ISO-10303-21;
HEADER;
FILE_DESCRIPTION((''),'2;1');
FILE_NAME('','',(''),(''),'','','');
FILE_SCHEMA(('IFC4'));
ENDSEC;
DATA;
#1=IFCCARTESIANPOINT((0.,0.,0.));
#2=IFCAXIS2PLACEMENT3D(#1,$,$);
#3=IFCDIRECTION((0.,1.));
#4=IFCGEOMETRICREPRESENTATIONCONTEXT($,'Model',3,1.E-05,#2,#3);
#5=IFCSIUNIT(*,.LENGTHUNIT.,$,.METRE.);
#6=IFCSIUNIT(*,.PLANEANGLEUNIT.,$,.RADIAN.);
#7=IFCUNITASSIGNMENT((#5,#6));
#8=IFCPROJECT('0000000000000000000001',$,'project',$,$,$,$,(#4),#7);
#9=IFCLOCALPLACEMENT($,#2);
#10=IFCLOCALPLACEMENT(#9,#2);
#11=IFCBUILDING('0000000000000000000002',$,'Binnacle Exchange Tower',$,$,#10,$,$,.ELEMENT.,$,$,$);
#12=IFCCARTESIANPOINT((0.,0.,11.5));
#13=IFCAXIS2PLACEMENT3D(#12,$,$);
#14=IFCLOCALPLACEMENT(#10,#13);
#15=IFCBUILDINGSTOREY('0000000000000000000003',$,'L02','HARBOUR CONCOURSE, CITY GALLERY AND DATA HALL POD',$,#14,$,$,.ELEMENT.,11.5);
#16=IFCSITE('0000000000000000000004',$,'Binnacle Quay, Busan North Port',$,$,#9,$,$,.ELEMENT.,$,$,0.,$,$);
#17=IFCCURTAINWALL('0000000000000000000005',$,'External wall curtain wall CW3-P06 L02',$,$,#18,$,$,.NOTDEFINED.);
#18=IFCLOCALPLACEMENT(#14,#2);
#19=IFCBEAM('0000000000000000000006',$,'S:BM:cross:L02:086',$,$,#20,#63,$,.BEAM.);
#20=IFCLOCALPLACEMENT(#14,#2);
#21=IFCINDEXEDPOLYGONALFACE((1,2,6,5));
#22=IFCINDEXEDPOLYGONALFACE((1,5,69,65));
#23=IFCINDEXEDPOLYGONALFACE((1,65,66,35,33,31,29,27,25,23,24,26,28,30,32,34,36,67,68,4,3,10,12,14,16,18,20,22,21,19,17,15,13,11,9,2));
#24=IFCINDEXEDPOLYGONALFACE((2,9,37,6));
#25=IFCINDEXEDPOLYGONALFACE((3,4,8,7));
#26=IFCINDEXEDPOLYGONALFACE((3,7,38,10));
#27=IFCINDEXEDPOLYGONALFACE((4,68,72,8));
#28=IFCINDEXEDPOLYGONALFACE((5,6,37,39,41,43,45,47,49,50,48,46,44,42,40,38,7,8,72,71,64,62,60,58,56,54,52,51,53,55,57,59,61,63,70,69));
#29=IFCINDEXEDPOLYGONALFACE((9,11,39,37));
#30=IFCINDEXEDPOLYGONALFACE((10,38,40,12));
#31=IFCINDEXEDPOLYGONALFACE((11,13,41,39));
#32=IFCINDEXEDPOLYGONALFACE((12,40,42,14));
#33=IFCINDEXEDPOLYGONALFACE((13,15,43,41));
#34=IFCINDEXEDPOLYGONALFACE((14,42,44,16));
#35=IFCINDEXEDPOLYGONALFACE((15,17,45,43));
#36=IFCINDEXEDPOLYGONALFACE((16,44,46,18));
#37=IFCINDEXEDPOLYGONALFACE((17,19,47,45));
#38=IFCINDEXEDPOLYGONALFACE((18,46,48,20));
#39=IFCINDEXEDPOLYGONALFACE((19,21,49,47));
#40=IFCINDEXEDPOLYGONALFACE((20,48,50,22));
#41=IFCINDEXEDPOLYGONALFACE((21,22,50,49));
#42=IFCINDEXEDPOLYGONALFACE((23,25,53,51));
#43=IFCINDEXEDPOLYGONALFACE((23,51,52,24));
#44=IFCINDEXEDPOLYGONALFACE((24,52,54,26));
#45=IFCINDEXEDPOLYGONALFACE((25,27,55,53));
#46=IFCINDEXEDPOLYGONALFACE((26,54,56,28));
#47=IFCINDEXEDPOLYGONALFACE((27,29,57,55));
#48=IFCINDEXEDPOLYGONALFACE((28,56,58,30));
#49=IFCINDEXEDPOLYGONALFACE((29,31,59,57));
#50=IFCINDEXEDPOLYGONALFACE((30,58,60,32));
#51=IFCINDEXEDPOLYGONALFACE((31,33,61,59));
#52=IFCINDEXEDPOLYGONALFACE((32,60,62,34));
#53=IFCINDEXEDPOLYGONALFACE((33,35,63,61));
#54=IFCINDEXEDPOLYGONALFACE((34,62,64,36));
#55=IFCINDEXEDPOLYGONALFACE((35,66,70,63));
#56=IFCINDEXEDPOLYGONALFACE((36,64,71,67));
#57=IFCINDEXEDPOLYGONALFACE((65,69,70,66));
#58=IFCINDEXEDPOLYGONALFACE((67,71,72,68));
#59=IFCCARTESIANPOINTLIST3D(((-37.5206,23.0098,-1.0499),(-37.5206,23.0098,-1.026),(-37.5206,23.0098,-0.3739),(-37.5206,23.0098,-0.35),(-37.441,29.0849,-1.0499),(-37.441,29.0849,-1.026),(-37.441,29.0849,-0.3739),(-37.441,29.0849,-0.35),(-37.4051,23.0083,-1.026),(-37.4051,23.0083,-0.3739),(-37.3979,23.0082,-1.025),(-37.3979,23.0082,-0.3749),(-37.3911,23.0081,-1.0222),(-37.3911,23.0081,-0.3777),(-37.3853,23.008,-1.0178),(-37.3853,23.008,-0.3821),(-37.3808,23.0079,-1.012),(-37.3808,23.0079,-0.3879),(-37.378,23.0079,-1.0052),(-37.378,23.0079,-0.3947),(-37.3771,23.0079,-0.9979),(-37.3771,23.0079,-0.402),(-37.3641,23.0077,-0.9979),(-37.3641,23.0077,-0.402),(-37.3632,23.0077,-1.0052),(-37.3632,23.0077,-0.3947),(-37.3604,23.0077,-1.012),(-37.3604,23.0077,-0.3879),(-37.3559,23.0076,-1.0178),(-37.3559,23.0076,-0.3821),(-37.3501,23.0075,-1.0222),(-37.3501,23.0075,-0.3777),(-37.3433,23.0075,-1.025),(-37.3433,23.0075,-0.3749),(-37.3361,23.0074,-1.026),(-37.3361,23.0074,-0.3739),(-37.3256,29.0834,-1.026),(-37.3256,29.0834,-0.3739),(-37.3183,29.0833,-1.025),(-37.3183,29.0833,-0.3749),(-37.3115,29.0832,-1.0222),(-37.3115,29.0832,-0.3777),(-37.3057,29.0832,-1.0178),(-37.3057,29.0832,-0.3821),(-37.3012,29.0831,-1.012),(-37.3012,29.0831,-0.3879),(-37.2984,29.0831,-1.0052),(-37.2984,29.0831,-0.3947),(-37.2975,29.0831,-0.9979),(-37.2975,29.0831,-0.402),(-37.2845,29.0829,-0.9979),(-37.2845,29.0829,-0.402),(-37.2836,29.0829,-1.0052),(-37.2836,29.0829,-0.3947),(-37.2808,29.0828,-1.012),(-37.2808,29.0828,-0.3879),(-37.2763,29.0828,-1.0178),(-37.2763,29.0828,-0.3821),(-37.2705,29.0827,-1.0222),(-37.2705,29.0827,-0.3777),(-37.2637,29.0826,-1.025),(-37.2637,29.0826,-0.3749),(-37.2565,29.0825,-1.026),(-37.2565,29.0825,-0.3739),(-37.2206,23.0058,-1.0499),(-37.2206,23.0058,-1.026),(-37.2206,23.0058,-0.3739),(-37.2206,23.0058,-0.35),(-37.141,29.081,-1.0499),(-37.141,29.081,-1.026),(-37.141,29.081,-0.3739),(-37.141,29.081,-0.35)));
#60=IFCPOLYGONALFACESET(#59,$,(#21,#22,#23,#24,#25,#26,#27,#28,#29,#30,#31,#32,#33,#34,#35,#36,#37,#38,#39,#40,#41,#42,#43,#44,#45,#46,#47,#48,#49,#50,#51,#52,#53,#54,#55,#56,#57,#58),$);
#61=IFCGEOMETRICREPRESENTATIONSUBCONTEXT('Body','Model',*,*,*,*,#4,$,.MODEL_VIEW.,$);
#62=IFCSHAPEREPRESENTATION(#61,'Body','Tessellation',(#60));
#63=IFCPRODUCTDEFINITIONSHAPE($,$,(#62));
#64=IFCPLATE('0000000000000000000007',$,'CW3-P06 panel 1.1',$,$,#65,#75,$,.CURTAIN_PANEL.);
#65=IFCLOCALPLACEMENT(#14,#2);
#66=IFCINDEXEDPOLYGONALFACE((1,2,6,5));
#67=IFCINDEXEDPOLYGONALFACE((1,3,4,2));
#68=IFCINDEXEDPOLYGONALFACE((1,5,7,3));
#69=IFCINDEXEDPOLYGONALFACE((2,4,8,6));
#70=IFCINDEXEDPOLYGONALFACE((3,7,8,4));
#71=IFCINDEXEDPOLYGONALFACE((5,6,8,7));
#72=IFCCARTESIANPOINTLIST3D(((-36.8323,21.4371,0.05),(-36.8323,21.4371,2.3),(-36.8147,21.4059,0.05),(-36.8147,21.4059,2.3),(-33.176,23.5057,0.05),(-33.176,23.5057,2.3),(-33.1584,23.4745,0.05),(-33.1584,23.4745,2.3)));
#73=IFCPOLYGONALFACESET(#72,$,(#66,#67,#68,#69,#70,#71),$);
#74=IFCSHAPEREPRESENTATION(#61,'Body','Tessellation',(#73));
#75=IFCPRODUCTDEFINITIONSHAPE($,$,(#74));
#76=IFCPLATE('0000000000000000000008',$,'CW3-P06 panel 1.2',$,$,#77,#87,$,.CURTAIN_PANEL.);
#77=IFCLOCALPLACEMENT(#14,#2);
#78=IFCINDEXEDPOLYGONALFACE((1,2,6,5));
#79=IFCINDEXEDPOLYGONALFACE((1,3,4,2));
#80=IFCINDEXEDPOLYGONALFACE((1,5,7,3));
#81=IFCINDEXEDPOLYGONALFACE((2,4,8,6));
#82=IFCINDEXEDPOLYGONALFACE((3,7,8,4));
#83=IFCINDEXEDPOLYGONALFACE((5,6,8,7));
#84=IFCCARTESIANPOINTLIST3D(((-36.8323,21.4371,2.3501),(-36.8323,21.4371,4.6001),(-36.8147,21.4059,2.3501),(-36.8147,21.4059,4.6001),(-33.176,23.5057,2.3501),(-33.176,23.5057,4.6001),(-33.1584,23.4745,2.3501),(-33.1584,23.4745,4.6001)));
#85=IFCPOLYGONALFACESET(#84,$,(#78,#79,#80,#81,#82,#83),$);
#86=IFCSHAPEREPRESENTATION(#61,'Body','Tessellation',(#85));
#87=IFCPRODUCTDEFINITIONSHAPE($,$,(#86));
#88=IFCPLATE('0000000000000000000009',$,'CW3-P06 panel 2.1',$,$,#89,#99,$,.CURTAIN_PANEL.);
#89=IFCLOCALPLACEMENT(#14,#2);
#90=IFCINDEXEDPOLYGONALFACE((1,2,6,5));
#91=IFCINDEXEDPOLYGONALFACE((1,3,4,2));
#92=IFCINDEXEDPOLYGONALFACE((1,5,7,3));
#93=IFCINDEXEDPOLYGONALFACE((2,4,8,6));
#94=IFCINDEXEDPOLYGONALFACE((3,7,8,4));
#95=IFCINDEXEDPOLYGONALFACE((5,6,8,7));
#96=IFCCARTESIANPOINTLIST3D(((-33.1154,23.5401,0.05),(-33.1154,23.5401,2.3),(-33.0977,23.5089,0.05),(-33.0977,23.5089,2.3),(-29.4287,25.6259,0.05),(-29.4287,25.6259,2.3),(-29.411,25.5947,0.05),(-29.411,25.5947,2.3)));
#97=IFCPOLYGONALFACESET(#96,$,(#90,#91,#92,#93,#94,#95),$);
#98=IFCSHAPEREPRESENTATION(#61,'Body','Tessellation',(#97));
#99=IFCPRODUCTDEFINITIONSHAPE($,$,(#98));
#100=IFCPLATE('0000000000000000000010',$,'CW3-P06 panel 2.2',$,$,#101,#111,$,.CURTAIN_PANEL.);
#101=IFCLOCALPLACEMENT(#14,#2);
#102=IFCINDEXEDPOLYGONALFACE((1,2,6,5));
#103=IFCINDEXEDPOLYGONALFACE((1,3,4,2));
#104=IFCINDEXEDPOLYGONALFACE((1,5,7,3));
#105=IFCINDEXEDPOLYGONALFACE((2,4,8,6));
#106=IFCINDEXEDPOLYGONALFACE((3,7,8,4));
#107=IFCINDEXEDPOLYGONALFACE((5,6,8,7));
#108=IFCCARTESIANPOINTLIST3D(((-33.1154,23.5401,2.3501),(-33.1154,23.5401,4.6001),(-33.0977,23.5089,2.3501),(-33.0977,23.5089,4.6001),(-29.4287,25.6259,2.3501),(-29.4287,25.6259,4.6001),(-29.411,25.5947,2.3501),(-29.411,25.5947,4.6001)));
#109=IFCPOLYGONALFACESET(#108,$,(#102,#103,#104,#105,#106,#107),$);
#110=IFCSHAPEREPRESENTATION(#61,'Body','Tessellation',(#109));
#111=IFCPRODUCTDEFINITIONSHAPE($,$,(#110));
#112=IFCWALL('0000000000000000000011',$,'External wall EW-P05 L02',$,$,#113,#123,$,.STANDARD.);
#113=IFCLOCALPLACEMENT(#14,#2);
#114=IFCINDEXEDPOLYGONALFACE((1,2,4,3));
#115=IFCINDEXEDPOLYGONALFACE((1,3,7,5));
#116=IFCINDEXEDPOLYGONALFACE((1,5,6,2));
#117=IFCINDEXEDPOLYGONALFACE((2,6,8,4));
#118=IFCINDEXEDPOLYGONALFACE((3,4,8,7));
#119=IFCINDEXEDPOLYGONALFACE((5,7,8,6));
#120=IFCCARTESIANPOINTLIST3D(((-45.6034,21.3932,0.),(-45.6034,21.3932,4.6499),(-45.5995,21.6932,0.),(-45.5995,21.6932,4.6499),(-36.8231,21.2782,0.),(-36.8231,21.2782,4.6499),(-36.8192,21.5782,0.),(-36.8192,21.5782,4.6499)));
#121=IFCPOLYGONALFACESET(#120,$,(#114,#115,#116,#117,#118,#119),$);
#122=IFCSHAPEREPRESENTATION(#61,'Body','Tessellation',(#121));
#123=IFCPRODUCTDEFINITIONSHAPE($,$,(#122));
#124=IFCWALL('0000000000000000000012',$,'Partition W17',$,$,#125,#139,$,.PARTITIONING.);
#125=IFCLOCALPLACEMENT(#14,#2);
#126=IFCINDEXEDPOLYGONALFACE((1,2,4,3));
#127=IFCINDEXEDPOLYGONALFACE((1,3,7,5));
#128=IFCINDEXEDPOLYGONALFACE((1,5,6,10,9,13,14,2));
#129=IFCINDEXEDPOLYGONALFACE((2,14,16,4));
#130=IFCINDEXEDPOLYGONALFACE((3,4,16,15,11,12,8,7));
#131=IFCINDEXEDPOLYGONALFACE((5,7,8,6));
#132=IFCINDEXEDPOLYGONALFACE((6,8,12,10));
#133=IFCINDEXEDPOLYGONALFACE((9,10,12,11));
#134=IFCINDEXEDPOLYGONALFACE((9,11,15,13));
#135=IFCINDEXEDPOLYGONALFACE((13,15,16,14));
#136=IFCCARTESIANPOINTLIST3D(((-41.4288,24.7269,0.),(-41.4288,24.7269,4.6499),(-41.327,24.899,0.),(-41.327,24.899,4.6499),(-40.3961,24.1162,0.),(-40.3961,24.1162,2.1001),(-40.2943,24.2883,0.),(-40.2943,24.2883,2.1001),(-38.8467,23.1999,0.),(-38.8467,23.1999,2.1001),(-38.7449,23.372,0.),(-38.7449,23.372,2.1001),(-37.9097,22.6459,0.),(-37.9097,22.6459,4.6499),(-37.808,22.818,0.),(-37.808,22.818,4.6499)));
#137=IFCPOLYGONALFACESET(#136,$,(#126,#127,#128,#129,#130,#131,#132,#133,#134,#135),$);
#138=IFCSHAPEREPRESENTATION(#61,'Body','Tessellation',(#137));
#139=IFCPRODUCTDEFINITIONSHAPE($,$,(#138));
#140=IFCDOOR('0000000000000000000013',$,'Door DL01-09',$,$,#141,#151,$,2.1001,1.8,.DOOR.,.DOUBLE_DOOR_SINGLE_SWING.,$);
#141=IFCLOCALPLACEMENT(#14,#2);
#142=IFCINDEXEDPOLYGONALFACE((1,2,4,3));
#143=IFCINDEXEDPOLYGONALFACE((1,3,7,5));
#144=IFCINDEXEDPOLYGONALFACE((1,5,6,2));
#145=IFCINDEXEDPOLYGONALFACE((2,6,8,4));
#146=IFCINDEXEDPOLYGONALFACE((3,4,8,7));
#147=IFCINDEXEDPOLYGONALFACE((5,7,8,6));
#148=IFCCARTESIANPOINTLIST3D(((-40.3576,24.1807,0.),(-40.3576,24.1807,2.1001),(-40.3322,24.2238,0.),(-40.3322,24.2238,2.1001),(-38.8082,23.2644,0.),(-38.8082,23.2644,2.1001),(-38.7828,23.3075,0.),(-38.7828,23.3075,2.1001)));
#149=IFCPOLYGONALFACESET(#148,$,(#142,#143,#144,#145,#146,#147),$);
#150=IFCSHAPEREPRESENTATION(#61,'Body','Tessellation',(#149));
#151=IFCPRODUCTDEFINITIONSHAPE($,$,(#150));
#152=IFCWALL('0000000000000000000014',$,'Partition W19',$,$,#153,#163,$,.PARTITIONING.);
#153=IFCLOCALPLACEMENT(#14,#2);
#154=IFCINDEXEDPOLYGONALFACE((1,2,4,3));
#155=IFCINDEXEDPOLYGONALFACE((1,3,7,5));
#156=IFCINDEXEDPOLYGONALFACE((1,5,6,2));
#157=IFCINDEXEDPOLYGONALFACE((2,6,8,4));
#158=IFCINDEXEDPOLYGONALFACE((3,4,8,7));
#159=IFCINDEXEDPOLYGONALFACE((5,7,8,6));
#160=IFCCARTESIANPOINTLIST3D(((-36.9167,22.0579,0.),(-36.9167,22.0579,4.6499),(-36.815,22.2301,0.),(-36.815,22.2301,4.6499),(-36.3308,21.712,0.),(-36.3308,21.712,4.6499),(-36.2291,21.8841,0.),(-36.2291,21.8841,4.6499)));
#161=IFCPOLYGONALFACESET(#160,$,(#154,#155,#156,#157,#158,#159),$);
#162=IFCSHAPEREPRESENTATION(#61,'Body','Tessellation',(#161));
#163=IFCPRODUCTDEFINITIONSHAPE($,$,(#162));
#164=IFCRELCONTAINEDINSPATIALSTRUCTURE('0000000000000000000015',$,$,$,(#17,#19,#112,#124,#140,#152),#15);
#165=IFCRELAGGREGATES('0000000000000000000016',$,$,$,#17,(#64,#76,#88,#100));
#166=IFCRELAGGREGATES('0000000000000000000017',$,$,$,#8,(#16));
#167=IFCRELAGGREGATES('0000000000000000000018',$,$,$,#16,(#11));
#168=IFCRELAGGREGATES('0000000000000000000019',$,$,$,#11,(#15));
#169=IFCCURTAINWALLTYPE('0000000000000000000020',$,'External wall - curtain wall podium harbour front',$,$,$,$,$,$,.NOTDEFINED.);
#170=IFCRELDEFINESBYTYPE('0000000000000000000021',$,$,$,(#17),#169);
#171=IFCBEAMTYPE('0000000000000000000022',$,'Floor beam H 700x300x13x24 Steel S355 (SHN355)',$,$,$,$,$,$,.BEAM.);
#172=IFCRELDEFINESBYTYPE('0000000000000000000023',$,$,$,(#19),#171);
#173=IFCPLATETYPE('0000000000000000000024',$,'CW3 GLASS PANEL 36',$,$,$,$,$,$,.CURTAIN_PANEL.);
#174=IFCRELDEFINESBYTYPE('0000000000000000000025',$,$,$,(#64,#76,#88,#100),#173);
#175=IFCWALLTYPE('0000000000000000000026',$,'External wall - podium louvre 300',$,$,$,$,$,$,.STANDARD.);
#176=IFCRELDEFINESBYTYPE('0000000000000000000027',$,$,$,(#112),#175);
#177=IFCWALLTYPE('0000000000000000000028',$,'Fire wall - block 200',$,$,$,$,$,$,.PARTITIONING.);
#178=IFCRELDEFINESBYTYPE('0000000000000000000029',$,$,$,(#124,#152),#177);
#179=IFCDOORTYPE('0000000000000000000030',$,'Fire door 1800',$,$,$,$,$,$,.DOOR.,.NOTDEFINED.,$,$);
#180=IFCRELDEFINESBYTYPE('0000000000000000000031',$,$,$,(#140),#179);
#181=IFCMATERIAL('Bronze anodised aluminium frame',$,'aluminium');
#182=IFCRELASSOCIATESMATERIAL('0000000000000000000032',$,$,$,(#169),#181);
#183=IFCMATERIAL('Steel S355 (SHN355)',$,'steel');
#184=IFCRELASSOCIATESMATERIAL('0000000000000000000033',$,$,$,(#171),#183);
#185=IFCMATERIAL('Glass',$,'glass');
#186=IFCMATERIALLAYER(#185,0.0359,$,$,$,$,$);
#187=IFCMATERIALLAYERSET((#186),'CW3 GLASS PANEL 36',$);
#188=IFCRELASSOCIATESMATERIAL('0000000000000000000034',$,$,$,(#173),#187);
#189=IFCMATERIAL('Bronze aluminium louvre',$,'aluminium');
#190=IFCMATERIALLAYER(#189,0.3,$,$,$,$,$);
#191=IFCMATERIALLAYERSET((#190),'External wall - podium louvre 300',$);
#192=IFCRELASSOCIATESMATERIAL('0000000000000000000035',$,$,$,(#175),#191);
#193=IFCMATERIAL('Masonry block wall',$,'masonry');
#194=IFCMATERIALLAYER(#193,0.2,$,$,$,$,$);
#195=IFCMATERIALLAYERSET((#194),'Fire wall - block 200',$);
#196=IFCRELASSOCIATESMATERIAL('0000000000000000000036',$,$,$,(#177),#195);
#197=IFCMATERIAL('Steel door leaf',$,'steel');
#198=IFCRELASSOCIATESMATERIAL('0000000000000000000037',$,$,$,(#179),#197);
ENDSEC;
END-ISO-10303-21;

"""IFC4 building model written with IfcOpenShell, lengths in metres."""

from ifc_helpers import new_model, si_unit, direction, frame, frame_2d, origin, origin_2d, place, context, subcontext, project, spatial, rectangle, i_section, extrude, material, layer, layer_set, material_profile, profile_set, type_object, element, fill, aggregate, save


model = new_model("IFC4")

# Units and contexts
model_context = context("Model", 3, precision=1e-05, world=origin(), true_north=direction((0.0, 1.0)))
body_context = subcontext(model_context, "Body", "Model", "MODEL_VIEW")
ifc_project = project(units=[si_unit("LENGTHUNIT", "METRE"), si_unit("PLANEANGLEUNIT", "RADIAN")], contexts=[model_context])

# Site, building, storey
site_placement = place(None, origin())
site = spatial("IfcSite", under=ifc_project, at=site_placement, Name="Binnacle Quay, Busan North Port", CompositionType="ELEMENT", RefElevation=0.0)
building_placement = place(site_placement, origin())
building = spatial("IfcBuilding", under=site, at=building_placement, Name="Binnacle Exchange Tower", CompositionType="ELEMENT")
storey_placement = place(building_placement, frame((0.0, 0.0, 11.5)))
storey = spatial("IfcBuildingStorey", under=building, at=storey_placement, Name="L02", Description="HARBOUR CONCOURSE, CITY GALLERY AND DATA HALL POD", CompositionType="ELEMENT", Elevation=11.5)

# Curtain wall
ifc_material_1 = material(Name="Bronze anodised aluminium frame", Category="aluminium")
curtain_wall_type = type_object("IfcCurtainWallType", Name="External wall - curtain wall podium harbour front", PredefinedType="NOTDEFINED", material=ifc_material_1)
curtain_wall_placement = place(storey_placement, origin())
curtain_wall = element("IfcCurtainWall", 1, at=curtain_wall_placement, inside=storey, type_object=curtain_wall_type, Name="External wall curtain wall CW3-P06 L02", PredefinedType="NOTDEFINED")

# Beam
ifc_material_2 = material(Name="Steel S355 (SHN355)", Category="steel")
ifc_material_profile_1 = material_profile(ifc_material_2, i_section(OverallWidth=0.3, OverallDepth=0.7, WebThickness=0.0129, FlangeThickness=0.0239, FilletRadius=0.0281, at=origin_2d()), Name="H 700x300x13x24")
ifc_profile_set_1 = profile_set([ifc_material_profile_1], Name="Steel S355 (SHN355)")
beam_type_1 = type_object("IfcBeamType", Name="Floor beam H 700x300x13x24 Steel S355 (SHN355)", PredefinedType="BEAM", material=ifc_profile_set_1)
beam_1_placement = place(storey_placement, frame((-37.3706, 23.0078, -0.7), z_axis=(0.0131, 0.999914, 0.0), x_axis=(-0.999914, 0.0131, 0.0)))
element("IfcBeam", 2, at=beam_1_placement, inside=storey, type_object=beam_type_1, Name="S:BM:cross:L02:086", PredefinedType="BEAM", context=body_context, shape_type="SweptSolid", body=[
    extrude(i_section(OverallWidth=0.3, OverallDepth=0.7, WebThickness=0.0129, FlangeThickness=0.0239, FilletRadius=0.0281, at=origin_2d()), origin(), (0.0, 0.0, 1.0), 6.0757),
])

# Plates
ifc_material_3 = material(Name="Glass", Category="glass")
ifc_layer_1 = layer(ifc_material_3, 0.0359)
ifc_layer_set_1 = layer_set([ifc_layer_1], Name="CW3 GLASS PANEL 36")
plate_type = type_object("IfcPlateType", Name="CW3 GLASS PANEL 36", PredefinedType="CURTAIN_PANEL", material=ifc_layer_set_1)
plate_1_placement = place(storey_placement, frame((-34.9954, 22.4558, 0.05), z_axis=(0.0, 0.0, 1.0), x_axis=(0.870356, 0.492424, 0.0)))
plate_1 = element("IfcPlate", 3, at=plate_1_placement, type_object=plate_type, Name="CW3-P06 panel 1.1", PredefinedType="CURTAIN_PANEL", context=body_context, shape_type="SweptSolid", body=[
    extrude(rectangle(XDim=4.2009, YDim=0.0359, at=origin_2d()), origin(), (0.0, 0.0, 1.0), 2.25),
])
plate_2_placement = place(storey_placement, frame((-34.9954, 22.4558, 2.3501), z_axis=(0.0, 0.0, 1.0), x_axis=(0.870356, 0.492424, 0.0)))
plate_2 = element("IfcPlate", 4, at=plate_2_placement, type_object=plate_type, Name="CW3-P06 panel 1.2", PredefinedType="CURTAIN_PANEL", context=body_context, shape_type="SweptSolid", body=[
    extrude(rectangle(XDim=4.2009, YDim=0.0359, at=origin_2d()), origin(), (0.0, 0.0, 1.0), 2.25),
])
plate_3_placement = place(storey_placement, frame((-31.2632, 24.5674, 0.05), z_axis=(0.0, 0.0, 1.0), x_axis=(0.870356, 0.492424, 0.0)))
plate_3 = element("IfcPlate", 5, at=plate_3_placement, type_object=plate_type, Name="CW3-P06 panel 2.1", PredefinedType="CURTAIN_PANEL", context=body_context, shape_type="SweptSolid", body=[
    extrude(rectangle(XDim=4.2358, YDim=0.0359, at=origin_2d()), origin(), (0.0, 0.0, 1.0), 2.25),
])
plate_4_placement = place(storey_placement, frame((-31.2632, 24.5674, 2.3501), z_axis=(0.0, 0.0, 1.0), x_axis=(0.870356, 0.492424, 0.0)))
plate_4 = element("IfcPlate", 6, at=plate_4_placement, type_object=plate_type, Name="CW3-P06 panel 2.2", PredefinedType="CURTAIN_PANEL", context=body_context, shape_type="SweptSolid", body=[
    extrude(rectangle(XDim=4.2358, YDim=0.0359, at=origin_2d()), origin(), (0.0, 0.0, 1.0), 2.25),
])
aggregate(curtain_wall, [plate_1, plate_2, plate_3, plate_4])

# Wall
ifc_material_4 = material(Name="Bronze aluminium louvre", Category="aluminium")
ifc_layer_2 = layer(ifc_material_4, 0.3)
ifc_layer_set_2 = layer_set([ifc_layer_2], Name="External wall - podium louvre 300")
wall_type_1 = type_object("IfcWallType", Name="External wall - podium louvre 300", PredefinedType="STANDARD", material=ifc_layer_set_2)
wall_1_placement = place(storey_placement, frame((-36.821, 21.4282, 0.0), z_axis=(0.0, 0.0, 1.0), x_axis=(-0.999914, 0.013095, 0.0)))
element("IfcWall", 7, at=wall_1_placement, inside=storey, type_object=wall_type_1, Name="External wall EW-P05 L02", PredefinedType="STANDARD", context=body_context, shape_type="SweptSolid", body=[
    extrude(rectangle(XDim=8.781, YDim=0.3, at=frame_2d((4.3906, 0.0))), origin(), (0.0, 0.0, 1.0), 4.6499),
])

# Wall, opening, door
ifc_material_5 = material(Name="Masonry block wall", Category="masonry")
ifc_layer_3 = layer(ifc_material_5, 0.2)
ifc_layer_set_3 = layer_set([ifc_layer_3], Name="Fire wall - block 200")
wall_type_2 = type_object("IfcWallType", Name="Fire wall - block 200", PredefinedType="PARTITIONING", material=ifc_layer_set_3)
wall_2_placement = place(storey_placement, frame((-41.3779, 24.813, 0.0), z_axis=(0.0, 0.0, 1.0), x_axis=(0.860753, -0.509023, 0.0)))
wall_2 = element("IfcWall", 8, at=wall_2_placement, inside=storey, type_object=wall_type_2, Name="Partition W17", PredefinedType="PARTITIONING", context=body_context, shape_type="SweptSolid", body=[
    extrude(rectangle(XDim=4.0884, YDim=0.2, at=frame_2d((2.0442, 0.0))), origin(), (0.0, 0.0, 1.0), 4.6499),
])
opening_placement = place(wall_2_placement, frame((1.2, 0.0, 0.0)))
opening = element("IfcOpeningElement", 9, at=opening_placement, cuts=wall_2, PredefinedType="OPENING", context=body_context, shape_type="SweptSolid", body=[
    extrude(rectangle(XDim=1.8, YDim=2.1001, at=frame_2d((0.8999, 1.05))), frame((0.0, 0.1099, 0.0), z_axis=(0.0, -1.0, 0.0), x_axis=(1.0, 0.0, 0.0)), (0.0, 0.0, 1.0), 0.22),
])
ifc_material_6 = material(Name="Steel door leaf", Category="steel")
door_type = type_object("IfcDoorType", Name="Fire door 1800", OperationType="NOTDEFINED", PredefinedType="DOOR", material=ifc_material_6)
door_placement = place(opening_placement, frame((1.8, 0.0, 0.0), z_axis=(0.0, 0.0, 1.0), x_axis=(-1.0, 0.0, 0.0)))
door = element("IfcDoor", 10, at=door_placement, inside=storey, type_object=door_type, Name="Door DL01-09", OperationType="DOUBLE_DOOR_SINGLE_SWING", OverallHeight=2.1001, OverallWidth=1.8, PredefinedType="DOOR", context=body_context, shape_type="SweptSolid", body=[
    extrude(rectangle(XDim=1.8, YDim=2.1001, at=frame_2d((0.8999, 1.05))), frame((0.0, 0.0249, 0.0), z_axis=(0.0, -1.0, 0.0), x_axis=(1.0, 0.0, 0.0)), (0.0, 0.0, 1.0), 0.05),
])
fill(opening, door)

# Wall
wall_3_placement = place(storey_placement, frame((-36.866, 22.144, 0.0), z_axis=(0.0, 0.0, 1.0), x_axis=(0.861112, -0.508415, 0.0)))
element("IfcWall", 11, at=wall_3_placement, inside=storey, type_object=wall_type_2, Name="Partition W19", PredefinedType="PARTITIONING", context=body_context, shape_type="SweptSolid", body=[
    extrude(rectangle(XDim=0.6804, YDim=0.2, at=frame_2d((0.3403, 0.0))), origin(), (0.0, 0.0, 1.0), 4.6499),
])

save(model, "model.ifc")
